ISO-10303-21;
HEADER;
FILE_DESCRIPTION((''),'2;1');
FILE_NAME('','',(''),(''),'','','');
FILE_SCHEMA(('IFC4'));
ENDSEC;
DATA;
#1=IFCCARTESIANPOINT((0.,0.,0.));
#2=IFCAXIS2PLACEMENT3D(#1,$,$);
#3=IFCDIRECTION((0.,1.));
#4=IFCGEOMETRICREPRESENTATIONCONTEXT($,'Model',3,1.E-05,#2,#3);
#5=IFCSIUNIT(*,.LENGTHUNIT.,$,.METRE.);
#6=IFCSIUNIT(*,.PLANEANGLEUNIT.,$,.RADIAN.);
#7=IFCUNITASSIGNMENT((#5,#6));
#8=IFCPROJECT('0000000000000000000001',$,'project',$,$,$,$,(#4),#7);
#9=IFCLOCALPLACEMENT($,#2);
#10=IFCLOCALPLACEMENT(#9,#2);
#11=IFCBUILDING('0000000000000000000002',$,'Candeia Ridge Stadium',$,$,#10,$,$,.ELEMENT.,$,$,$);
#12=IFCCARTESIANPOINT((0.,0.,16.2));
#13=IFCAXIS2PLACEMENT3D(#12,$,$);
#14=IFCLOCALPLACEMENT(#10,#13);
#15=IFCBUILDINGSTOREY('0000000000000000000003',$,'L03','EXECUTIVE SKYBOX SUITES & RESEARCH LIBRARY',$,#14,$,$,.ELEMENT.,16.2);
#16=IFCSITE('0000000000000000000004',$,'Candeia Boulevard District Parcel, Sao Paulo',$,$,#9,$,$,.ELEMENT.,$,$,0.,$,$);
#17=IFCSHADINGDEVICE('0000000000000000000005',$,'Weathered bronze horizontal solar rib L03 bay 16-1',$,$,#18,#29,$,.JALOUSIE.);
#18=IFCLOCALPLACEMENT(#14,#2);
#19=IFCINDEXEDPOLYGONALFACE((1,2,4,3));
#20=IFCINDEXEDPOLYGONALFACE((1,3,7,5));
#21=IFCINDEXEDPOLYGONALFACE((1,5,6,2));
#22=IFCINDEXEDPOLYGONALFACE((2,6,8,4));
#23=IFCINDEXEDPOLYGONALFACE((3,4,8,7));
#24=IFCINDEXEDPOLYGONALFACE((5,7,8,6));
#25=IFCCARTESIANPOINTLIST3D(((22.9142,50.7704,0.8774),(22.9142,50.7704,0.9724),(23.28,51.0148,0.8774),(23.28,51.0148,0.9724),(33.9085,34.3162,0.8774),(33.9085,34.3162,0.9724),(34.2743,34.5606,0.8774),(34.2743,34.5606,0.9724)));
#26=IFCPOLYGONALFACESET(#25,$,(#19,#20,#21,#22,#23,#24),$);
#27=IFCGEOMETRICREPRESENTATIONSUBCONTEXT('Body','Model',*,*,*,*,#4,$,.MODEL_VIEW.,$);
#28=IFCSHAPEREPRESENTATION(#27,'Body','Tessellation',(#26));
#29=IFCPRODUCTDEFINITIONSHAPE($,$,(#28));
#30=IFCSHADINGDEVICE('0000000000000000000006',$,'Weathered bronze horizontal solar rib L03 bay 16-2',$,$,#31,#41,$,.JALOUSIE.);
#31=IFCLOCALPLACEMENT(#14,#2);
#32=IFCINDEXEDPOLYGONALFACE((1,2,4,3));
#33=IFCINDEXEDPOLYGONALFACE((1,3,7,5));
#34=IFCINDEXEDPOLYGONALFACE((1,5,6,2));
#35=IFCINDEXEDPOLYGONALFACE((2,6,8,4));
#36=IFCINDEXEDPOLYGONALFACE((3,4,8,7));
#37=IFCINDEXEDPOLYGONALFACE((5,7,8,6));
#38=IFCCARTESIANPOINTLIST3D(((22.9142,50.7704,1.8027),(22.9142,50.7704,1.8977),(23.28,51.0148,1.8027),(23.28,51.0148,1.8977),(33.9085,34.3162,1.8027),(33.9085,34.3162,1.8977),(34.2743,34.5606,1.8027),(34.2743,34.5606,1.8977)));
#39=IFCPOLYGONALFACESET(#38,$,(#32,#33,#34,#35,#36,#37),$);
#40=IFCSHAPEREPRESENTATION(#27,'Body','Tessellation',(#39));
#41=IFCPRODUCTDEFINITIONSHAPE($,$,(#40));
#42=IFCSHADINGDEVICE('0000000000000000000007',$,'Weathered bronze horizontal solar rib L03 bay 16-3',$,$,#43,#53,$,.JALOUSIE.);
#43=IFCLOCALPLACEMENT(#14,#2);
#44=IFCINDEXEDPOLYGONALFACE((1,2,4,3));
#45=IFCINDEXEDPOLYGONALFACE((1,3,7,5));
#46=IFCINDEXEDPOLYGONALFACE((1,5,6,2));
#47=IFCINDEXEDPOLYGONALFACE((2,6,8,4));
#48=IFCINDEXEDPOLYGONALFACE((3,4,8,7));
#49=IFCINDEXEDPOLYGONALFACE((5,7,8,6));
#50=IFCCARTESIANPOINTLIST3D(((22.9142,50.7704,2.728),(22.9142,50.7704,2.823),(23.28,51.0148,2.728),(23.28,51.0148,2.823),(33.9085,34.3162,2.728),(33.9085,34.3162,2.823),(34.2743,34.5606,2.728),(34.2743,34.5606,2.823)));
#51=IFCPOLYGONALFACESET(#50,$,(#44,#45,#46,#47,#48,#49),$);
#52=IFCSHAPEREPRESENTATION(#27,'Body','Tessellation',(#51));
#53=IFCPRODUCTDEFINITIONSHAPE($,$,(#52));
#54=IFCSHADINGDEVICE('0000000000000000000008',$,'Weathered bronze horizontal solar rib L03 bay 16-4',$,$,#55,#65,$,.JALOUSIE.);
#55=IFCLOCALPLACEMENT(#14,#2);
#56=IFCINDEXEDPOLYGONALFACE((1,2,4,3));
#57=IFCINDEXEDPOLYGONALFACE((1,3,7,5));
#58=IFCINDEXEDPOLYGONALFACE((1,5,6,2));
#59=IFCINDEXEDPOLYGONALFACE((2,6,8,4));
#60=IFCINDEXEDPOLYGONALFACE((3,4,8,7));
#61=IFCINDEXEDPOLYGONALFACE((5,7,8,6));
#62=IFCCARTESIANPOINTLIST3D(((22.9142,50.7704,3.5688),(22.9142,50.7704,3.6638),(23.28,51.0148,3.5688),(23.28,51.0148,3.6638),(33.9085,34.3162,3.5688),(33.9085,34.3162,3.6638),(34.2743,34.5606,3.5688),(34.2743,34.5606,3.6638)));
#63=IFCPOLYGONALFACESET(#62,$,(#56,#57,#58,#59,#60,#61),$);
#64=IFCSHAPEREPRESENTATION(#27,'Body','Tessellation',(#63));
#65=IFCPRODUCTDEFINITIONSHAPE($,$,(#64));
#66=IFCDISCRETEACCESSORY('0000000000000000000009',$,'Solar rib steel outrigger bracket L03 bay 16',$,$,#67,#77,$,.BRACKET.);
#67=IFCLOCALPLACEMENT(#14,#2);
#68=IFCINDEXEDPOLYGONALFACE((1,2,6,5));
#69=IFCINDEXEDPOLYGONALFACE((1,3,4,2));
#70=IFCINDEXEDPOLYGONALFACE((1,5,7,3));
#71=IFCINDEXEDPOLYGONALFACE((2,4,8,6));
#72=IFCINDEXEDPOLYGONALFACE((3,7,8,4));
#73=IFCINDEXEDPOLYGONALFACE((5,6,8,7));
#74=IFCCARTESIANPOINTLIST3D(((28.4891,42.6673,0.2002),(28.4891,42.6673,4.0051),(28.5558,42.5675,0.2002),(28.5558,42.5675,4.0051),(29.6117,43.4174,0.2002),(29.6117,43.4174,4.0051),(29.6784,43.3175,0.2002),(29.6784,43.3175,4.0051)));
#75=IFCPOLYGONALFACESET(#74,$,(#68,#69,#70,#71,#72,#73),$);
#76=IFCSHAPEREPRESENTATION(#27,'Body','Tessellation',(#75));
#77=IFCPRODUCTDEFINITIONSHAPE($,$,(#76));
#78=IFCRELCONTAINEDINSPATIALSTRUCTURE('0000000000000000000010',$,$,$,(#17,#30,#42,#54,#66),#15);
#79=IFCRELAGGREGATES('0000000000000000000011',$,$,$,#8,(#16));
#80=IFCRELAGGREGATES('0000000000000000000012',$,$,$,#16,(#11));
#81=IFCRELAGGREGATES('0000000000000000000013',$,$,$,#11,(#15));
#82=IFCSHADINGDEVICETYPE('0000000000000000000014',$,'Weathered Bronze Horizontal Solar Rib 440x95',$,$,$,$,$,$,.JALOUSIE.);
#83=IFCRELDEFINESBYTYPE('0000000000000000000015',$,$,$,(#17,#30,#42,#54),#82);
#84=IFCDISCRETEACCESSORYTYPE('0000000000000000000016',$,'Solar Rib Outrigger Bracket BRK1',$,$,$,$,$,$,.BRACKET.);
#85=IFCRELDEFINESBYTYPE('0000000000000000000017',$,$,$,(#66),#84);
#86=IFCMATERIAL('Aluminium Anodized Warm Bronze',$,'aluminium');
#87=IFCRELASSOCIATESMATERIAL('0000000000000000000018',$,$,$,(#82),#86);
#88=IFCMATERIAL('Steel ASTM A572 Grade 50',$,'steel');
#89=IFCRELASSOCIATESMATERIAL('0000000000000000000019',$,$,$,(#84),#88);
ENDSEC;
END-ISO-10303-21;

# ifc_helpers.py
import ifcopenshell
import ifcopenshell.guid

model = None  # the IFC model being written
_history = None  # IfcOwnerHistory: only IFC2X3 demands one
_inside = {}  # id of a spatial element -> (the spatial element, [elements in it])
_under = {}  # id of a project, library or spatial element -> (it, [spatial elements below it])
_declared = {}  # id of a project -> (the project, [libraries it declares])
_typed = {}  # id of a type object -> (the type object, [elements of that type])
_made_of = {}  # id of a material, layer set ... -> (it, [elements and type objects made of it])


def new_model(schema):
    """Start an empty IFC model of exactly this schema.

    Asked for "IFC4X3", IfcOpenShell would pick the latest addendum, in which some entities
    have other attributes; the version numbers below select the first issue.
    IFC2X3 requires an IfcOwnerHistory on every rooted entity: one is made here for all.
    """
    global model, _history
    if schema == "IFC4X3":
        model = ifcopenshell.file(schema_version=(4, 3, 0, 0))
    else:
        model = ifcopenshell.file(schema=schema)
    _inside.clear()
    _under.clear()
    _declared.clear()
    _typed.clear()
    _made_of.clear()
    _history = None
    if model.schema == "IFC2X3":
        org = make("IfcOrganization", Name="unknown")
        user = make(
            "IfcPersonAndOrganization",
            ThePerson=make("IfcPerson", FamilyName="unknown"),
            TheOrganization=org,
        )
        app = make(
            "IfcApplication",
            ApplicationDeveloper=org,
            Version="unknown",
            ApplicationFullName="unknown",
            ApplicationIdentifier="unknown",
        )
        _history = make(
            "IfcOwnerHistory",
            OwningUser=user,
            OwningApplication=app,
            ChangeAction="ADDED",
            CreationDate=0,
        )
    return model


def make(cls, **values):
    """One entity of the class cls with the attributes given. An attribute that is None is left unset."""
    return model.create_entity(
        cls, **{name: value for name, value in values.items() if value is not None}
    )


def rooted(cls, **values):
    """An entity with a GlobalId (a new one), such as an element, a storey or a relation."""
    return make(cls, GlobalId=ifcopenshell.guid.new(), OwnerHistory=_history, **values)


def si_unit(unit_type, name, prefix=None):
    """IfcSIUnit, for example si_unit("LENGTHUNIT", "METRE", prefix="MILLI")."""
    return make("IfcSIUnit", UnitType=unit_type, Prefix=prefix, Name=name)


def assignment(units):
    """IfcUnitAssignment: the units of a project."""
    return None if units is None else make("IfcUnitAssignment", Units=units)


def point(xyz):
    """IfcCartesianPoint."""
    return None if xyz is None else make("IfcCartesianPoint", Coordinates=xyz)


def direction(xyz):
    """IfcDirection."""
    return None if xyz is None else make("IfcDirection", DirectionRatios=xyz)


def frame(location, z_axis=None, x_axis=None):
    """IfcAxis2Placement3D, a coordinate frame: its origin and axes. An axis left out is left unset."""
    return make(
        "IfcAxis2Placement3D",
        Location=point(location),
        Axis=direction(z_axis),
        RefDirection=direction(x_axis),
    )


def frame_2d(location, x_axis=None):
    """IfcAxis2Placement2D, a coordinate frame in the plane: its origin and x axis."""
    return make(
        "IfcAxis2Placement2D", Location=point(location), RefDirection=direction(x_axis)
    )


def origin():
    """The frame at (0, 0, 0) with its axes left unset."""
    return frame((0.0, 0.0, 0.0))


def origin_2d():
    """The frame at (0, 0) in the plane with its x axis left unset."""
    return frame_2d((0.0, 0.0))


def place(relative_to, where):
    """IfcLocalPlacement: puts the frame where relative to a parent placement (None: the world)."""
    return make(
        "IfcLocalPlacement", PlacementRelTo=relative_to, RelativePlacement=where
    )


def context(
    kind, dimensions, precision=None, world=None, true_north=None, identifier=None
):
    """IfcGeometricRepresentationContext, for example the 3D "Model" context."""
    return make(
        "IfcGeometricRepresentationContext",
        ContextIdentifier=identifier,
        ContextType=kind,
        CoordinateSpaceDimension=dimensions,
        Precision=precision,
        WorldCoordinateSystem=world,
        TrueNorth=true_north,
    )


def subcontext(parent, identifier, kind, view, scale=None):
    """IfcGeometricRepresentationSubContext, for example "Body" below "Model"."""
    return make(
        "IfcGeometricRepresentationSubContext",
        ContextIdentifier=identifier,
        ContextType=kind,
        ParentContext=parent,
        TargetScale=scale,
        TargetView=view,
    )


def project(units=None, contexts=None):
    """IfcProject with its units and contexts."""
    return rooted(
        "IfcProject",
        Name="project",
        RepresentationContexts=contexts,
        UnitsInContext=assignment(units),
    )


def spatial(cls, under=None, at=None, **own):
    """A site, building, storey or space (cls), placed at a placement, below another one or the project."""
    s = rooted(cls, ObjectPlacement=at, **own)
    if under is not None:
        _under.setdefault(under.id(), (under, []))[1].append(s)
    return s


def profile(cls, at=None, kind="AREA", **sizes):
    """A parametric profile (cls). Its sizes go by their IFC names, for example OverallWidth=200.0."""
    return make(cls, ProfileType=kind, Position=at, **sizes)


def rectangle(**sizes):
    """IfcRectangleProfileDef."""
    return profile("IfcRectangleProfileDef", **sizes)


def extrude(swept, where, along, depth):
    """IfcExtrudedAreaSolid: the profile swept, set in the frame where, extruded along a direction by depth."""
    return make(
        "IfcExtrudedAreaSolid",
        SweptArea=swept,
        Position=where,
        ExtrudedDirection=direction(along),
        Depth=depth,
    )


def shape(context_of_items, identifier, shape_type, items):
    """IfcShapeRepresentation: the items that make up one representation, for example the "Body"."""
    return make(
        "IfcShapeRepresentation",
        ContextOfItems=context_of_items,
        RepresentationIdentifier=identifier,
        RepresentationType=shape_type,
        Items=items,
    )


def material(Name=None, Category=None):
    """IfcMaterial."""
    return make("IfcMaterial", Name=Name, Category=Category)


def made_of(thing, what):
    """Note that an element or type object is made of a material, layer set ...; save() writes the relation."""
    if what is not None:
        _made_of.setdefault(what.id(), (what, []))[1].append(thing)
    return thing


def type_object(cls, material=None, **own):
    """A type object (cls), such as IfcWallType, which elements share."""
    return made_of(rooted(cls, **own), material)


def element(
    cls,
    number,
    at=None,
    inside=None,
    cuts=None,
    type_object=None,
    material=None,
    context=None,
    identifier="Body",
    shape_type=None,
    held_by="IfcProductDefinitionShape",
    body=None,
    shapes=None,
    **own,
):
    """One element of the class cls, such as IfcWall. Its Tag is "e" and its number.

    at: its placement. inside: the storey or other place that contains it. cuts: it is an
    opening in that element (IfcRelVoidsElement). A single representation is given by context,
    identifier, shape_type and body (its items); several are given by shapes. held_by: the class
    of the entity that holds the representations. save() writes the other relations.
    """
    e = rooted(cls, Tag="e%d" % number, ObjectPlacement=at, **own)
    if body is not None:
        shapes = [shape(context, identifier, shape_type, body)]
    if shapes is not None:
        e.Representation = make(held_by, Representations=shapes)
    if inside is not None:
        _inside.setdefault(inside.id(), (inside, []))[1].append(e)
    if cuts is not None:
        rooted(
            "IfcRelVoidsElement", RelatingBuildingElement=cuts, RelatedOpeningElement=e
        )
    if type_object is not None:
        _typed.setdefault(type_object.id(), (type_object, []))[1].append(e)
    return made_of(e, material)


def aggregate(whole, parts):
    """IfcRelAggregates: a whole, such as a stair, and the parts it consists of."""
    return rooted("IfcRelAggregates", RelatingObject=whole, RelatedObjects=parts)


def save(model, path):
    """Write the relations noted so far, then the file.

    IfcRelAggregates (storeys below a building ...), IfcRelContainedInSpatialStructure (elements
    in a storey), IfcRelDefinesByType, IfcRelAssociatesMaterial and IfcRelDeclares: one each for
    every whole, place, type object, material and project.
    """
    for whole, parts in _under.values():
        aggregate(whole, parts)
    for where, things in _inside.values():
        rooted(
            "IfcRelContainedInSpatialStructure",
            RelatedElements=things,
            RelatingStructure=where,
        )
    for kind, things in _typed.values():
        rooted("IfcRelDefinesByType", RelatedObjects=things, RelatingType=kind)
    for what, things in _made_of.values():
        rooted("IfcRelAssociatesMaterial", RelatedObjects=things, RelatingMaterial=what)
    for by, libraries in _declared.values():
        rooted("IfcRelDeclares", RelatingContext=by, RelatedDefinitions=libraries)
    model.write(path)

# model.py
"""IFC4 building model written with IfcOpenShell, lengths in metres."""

from ifc_helpers import new_model, si_unit, direction, frame, origin, origin_2d, place, context, subcontext, project, spatial, rectangle, extrude, material, type_object, element, save


model = new_model("IFC4")

# Units and contexts
model_context = context("Model", 3, precision=1e-05, world=origin(), true_north=direction((0.0, 1.0)))
body_context = subcontext(model_context, "Body", "Model", "MODEL_VIEW")
ifc_project = project(units=[si_unit("LENGTHUNIT", "METRE"), si_unit("PLANEANGLEUNIT", "RADIAN")], contexts=[model_context])

# Site, building, storey
site_placement = place(None, origin())
site = spatial("IfcSite", under=ifc_project, at=site_placement, Name="Candeia Boulevard District Parcel, Sao Paulo", CompositionType="ELEMENT", RefElevation=0.0)
building_placement = place(site_placement, origin())
building = spatial("IfcBuilding", under=site, at=building_placement, Name="Candeia Ridge Stadium", CompositionType="ELEMENT")
storey_placement = place(building_placement, frame((0.0, 0.0, 16.2)))
storey = spatial("IfcBuildingStorey", under=building, at=storey_placement, Name="L03", Description="EXECUTIVE SKYBOX SUITES & RESEARCH LIBRARY", CompositionType="ELEMENT", Elevation=16.2)

# Shared definitions
ifc_material_1 = material(Name="Aluminium Anodized Warm Bronze", Category="aluminium")

# Shading devices
shading_device_type = type_object("IfcShadingDeviceType", Name="Weathered Bronze Horizontal Solar Rib 440x95", PredefinedType="JALOUSIE", material=ifc_material_1)
for number, where, z_axis, x_axis, name in (
    (1, (28.5942, 42.6655, 0.8774), (0.0, 0.0, 1.0), (0.55557, -0.83147, 0.0), "Weathered bronze horizontal solar rib L03 bay 16-1"),
    (2, (28.5942, 42.6655, 1.8027), (0.0, 0.0, 1.0), (0.55557, -0.83147, 0.0), "Weathered bronze horizontal solar rib L03 bay 16-2"),
    (3, (28.5942, 42.6655, 2.728), (0.0, 0.0, 1.0), (0.55557, -0.83147, 0.0), "Weathered bronze horizontal solar rib L03 bay 16-3"),
    (4, (28.5942, 42.6655, 3.5688), (0.0, 0.0, 1.0), (0.55557, -0.83147, 0.0), "Weathered bronze horizontal solar rib L03 bay 16-4"),
):
    element("IfcShadingDevice", number, at=place(storey_placement, frame(where, z_axis=z_axis, x_axis=x_axis)), inside=storey, type_object=shading_device_type, Name=name, PredefinedType="JALOUSIE", context=body_context, shape_type="SweptSolid", body=[
        extrude(rectangle(XDim=19.7893, YDim=0.4399, at=origin_2d()), origin(), (0.0, 0.0, 1.0), 0.095),
    ])

# Discrete accessory
ifc_material_2 = material(Name="Steel ASTM A572 Grade 50", Category="steel")
discrete_accessory_type = type_object("IfcDiscreteAccessoryType", Name="Solar Rib Outrigger Bracket BRK1", PredefinedType="BRACKET", material=ifc_material_2)
discrete_accessory_placement = place(storey_placement, frame((29.0837, 42.9924, 0.2002), z_axis=(0.0, 0.0, 1.0), x_axis=(-0.83147, -0.55557, 0.0)))
element("IfcDiscreteAccessory", 5, at=discrete_accessory_placement, inside=storey, type_object=discrete_accessory_type, Name="Solar rib steel outrigger bracket L03 bay 16", PredefinedType="BRACKET", context=body_context, shape_type="SweptSolid", body=[
    extrude(rectangle(XDim=1.3501, YDim=0.1201, at=origin_2d()), origin(), (0.0, 0.0, 1.0), 3.8049),
])

save(model, "model.ifc")
